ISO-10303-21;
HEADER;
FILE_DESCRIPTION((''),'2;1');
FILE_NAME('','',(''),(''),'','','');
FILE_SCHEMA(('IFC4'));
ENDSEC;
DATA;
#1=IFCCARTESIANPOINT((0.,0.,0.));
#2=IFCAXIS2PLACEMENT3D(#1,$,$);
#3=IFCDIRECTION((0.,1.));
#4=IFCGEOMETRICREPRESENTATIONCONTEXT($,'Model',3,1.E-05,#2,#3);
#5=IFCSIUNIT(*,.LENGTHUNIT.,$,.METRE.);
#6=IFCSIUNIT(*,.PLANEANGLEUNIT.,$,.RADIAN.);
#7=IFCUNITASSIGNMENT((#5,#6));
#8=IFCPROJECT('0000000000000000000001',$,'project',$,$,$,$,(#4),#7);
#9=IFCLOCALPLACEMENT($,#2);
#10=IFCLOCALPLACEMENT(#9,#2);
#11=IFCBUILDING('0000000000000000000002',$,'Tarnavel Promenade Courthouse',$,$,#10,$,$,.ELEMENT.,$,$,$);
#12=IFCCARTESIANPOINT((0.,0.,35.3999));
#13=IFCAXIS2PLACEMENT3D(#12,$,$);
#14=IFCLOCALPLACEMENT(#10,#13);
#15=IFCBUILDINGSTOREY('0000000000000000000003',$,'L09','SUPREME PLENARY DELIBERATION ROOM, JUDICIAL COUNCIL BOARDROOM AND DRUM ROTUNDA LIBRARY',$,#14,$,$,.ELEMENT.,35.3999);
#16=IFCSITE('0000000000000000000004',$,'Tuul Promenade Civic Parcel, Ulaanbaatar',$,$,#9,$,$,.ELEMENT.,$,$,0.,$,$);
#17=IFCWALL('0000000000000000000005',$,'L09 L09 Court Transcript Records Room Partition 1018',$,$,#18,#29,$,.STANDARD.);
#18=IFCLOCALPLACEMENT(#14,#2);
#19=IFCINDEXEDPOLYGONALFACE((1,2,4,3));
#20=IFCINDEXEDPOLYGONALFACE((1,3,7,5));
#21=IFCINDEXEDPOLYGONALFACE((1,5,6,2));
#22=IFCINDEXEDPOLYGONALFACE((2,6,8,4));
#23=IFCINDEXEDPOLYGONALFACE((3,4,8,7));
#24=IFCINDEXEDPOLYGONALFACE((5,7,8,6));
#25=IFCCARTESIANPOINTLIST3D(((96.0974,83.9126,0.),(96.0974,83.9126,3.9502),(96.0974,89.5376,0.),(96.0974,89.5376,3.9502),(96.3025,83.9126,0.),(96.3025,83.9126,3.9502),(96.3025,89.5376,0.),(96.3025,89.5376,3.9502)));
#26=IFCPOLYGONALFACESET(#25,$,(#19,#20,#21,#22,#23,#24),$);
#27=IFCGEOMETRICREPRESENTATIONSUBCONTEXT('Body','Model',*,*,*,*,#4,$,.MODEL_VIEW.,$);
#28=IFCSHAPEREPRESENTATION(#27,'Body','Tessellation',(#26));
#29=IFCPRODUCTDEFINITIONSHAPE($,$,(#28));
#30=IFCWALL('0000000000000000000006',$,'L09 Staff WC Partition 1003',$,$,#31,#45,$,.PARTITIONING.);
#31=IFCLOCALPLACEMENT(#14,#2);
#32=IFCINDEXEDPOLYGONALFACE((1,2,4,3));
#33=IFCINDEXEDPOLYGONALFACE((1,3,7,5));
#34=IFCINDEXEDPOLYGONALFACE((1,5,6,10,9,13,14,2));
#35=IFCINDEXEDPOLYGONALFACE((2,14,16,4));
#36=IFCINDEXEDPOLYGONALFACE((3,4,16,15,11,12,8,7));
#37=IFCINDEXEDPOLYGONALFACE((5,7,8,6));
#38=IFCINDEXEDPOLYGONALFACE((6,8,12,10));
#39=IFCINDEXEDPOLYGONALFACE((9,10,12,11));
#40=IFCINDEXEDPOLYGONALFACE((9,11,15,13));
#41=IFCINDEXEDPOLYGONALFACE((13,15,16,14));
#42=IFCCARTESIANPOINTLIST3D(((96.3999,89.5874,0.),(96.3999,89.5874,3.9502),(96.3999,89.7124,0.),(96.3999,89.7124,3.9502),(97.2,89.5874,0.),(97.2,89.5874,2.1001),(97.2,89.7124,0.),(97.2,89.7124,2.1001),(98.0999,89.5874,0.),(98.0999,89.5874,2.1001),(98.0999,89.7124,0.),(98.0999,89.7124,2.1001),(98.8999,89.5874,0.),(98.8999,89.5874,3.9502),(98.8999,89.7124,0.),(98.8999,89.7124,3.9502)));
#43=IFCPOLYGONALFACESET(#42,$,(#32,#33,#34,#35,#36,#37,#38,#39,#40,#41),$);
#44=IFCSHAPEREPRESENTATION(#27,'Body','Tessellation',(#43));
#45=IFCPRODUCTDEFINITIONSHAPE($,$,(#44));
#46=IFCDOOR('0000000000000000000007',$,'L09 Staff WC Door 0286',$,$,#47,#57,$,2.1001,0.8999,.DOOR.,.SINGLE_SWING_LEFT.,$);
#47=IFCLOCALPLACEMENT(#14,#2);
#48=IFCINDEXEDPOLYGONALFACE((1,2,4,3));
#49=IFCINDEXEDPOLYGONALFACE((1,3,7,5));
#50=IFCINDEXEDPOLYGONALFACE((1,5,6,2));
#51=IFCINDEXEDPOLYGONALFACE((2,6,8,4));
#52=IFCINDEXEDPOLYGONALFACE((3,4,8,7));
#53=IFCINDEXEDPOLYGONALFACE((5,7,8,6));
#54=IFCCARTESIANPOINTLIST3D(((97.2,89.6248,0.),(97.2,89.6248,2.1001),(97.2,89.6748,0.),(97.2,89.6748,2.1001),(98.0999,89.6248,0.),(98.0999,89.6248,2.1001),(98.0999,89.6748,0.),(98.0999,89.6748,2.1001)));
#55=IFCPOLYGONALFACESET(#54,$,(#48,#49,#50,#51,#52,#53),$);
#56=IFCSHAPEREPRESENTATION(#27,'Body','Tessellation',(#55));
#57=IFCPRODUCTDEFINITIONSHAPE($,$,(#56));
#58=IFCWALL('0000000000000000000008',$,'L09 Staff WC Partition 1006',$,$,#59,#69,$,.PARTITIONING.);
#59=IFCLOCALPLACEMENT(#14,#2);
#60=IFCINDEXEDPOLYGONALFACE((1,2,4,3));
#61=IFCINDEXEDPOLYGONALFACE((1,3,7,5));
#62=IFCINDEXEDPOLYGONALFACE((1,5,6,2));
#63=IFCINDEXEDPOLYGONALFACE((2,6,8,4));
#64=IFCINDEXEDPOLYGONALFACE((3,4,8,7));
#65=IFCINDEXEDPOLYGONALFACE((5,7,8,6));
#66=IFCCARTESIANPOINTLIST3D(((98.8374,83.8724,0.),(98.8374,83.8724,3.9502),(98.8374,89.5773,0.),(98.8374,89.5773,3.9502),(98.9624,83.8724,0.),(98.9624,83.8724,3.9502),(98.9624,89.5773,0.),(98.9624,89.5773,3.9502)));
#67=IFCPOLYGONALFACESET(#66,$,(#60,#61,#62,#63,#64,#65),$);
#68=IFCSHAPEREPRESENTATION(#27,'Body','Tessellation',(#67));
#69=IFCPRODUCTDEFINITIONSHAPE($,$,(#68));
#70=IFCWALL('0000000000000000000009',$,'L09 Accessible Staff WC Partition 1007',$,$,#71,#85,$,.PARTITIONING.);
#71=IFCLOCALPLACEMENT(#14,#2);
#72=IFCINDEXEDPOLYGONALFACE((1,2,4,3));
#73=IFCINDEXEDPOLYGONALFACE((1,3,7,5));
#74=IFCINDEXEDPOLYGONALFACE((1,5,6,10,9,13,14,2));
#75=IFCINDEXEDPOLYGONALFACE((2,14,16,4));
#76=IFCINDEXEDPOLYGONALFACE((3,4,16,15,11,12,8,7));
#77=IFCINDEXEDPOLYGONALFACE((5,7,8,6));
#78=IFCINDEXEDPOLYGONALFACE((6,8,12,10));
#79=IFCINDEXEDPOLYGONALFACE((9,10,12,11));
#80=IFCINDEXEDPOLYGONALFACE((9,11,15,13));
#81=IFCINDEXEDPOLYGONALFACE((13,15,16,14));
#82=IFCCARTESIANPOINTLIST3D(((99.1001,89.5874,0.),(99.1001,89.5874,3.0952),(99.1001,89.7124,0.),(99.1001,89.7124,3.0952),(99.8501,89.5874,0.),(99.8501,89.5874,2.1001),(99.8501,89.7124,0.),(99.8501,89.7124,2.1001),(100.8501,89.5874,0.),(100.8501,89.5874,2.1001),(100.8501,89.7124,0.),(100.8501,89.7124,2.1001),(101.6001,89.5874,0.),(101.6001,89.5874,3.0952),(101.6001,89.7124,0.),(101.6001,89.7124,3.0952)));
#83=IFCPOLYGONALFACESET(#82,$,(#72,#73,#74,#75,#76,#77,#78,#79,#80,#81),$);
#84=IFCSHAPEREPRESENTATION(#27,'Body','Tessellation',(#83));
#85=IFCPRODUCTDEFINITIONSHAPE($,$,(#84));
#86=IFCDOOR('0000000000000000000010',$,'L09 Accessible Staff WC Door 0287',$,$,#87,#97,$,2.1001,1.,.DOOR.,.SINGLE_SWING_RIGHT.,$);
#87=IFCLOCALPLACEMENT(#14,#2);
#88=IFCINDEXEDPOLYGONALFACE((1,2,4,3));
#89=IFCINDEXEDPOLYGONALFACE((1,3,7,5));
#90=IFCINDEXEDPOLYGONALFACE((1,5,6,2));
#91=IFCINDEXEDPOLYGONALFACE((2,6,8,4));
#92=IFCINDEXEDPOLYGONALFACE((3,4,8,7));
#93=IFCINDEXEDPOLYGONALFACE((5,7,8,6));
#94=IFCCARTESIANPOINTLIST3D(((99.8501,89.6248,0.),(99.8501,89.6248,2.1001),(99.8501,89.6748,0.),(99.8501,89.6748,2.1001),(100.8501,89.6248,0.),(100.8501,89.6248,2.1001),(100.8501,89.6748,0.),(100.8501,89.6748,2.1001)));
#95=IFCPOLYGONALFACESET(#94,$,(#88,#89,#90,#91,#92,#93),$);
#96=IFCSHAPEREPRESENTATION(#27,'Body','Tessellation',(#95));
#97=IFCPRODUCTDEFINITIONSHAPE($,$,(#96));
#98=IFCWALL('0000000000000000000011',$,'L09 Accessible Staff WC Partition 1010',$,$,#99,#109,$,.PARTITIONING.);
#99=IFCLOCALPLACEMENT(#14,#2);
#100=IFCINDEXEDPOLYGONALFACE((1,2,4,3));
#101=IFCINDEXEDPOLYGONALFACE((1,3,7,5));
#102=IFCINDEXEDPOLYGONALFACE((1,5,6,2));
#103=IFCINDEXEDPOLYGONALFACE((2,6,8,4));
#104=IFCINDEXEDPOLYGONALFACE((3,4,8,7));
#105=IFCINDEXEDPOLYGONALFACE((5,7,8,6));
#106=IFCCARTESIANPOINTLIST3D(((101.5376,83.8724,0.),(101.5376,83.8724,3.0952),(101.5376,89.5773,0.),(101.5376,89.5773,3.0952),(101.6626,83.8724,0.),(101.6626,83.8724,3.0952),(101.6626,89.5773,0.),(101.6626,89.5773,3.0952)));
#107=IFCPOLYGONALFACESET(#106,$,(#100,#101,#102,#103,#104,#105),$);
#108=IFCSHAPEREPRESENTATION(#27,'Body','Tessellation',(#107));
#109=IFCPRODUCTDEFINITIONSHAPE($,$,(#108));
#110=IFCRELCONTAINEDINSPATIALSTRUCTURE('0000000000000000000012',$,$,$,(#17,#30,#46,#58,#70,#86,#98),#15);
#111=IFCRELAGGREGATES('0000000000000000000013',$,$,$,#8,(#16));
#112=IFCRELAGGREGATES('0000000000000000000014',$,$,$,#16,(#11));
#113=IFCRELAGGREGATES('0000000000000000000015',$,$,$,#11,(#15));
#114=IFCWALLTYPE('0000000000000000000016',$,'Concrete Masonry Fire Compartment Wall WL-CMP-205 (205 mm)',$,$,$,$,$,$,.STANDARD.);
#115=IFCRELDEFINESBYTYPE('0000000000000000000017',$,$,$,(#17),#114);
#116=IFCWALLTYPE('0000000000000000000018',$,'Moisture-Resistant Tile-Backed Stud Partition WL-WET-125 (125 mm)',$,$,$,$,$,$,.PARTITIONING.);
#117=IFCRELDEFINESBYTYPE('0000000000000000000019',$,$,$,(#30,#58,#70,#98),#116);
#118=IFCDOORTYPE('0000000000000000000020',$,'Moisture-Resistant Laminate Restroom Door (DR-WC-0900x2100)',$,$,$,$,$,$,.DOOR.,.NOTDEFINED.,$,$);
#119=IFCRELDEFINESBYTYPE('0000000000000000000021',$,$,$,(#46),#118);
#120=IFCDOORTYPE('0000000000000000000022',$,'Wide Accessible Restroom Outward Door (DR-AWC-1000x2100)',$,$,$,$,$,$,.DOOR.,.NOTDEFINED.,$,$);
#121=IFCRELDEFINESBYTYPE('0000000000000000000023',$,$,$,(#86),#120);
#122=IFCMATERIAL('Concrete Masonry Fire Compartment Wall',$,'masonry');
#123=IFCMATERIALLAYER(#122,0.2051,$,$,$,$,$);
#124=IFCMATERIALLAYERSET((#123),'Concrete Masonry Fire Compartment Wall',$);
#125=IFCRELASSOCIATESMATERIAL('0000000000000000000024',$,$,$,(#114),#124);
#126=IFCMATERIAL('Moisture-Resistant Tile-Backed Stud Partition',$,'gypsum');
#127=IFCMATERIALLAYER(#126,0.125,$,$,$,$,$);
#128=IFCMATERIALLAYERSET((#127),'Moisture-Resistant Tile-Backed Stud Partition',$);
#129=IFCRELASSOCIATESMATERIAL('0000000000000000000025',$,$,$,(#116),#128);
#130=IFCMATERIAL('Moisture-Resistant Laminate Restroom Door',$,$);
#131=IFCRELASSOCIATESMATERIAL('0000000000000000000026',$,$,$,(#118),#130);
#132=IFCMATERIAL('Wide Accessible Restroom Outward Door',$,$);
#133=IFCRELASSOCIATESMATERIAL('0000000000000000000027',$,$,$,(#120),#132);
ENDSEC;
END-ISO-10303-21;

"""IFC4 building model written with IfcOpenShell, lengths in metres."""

from ifc_helpers import new_model, si_unit, direction, frame, frame_2d, origin, place, context, subcontext, project, spatial, rectangle, extrude, material, layer, layer_set, type_object, element, fill, save


model = new_model("IFC4")

# Units and contexts
model_context = context("Model", 3, precision=1e-05, world=origin(), true_north=direction((0.0, 1.0)))
body_context = subcontext(model_context, "Body", "Model", "MODEL_VIEW")
ifc_project = project(units=[si_unit("LENGTHUNIT", "METRE"), si_unit("PLANEANGLEUNIT", "RADIAN")], contexts=[model_context])

# Site, building, storey
site_placement = place(None, origin())
site = spatial("IfcSite", under=ifc_project, at=site_placement, Name="Tuul Promenade Civic Parcel, Ulaanbaatar", CompositionType="ELEMENT", RefElevation=0.0)
building_placement = place(site_placement, origin())
building = spatial("IfcBuilding", under=site, at=building_placement, Name="Tarnavel Promenade Courthouse", CompositionType="ELEMENT")
storey_placement = place(building_placement, frame((0.0, 0.0, 35.3999)))
storey = spatial("IfcBuildingStorey", under=building, at=storey_placement, Name="L09", Description="SUPREME PLENARY DELIBERATION ROOM, JUDICIAL COUNCIL BOARDROOM AND DRUM ROTUNDA LIBRARY", CompositionType="ELEMENT", Elevation=35.3999)

# Shared definitions
ifc_material_1 = material(Name="Concrete Masonry Fire Compartment Wall", Category="masonry")
ifc_layer_1 = layer(ifc_material_1, 0.2051)
ifc_layer_set_1 = layer_set([ifc_layer_1], Name="Concrete Masonry Fire Compartment Wall")
wall_type_1 = type_object("IfcWallType", Name="Concrete Masonry Fire Compartment Wall WL-CMP-205 (205 mm)", PredefinedType="STANDARD", material=ifc_layer_set_1)

# Wall
wall_1_placement = place(storey_placement, frame((96.2, 89.5376, 0.0), z_axis=(0.0, 0.0, 1.0), x_axis=(0.0, -1.0, 0.0)))
element("IfcWall", 1, at=wall_1_placement, inside=storey, type_object=wall_type_1, Name="L09 L09 Court Transcript Records Room Partition 1018", PredefinedType="STANDARD", context=body_context, shape_type="SweptSolid", body=[
    extrude(rectangle(XDim=5.625, YDim=0.2051, at=frame_2d((2.8125, 0.0))), origin(), (0.0, 0.0, 1.0), 3.9502),
])

# Wall, opening, door
ifc_material_2 = material(Name="Moisture-Resistant Tile-Backed Stud Partition", Category="gypsum")
ifc_layer_2 = layer(ifc_material_2, 0.125)
ifc_layer_set_2 = layer_set([ifc_layer_2], Name="Moisture-Resistant Tile-Backed Stud Partition")
wall_type_2 = type_object("IfcWallType", Name="Moisture-Resistant Tile-Backed Stud Partition WL-WET-125 (125 mm)", PredefinedType="PARTITIONING", material=ifc_layer_set_2)
wall_2_placement = place(storey_placement, frame((96.3999, 89.6499, 0.0), z_axis=(0.0, 0.0, 1.0), x_axis=(1.0, 0.0, 0.0)))
wall_2 = element("IfcWall", 2, at=wall_2_placement, inside=storey, type_object=wall_type_2, Name="L09 Staff WC Partition 1003", PredefinedType="PARTITIONING", context=body_context, shape_type="SweptSolid", body=[
    extrude(rectangle(XDim=2.5, YDim=0.125, at=frame_2d((1.25, 0.0))), origin(), (0.0, 0.0, 1.0), 3.9502),
])
opening_1_placement = place(wall_2_placement, frame((0.8, 0.0, 0.0)))
opening_1 = element("IfcOpeningElement", 3, at=opening_1_placement, cuts=wall_2, PredefinedType="OPENING", context=body_context, shape_type="SweptSolid", body=[
    extrude(rectangle(XDim=0.8999, YDim=2.1001, at=frame_2d((0.45, 1.05))), frame((0.0, 0.0725, 0.0), z_axis=(0.0, -1.0, 0.0), x_axis=(1.0, 0.0, 0.0)), (0.0, 0.0, 1.0), 0.145),
])
ifc_material_3 = material(Name="Moisture-Resistant Laminate Restroom Door")
door_type_1 = type_object("IfcDoorType", Name="Moisture-Resistant Laminate Restroom Door (DR-WC-0900x2100)", OperationType="NOTDEFINED", PredefinedType="DOOR", material=ifc_material_3)
door_1_placement = place(opening_1_placement, origin())
door_1 = element("IfcDoor", 4, at=door_1_placement, inside=storey, type_object=door_type_1, Name="L09 Staff WC Door 0286", OperationType="SINGLE_SWING_LEFT", OverallHeight=2.1001, OverallWidth=0.8999, PredefinedType="DOOR", context=body_context, shape_type="SweptSolid", body=[
    extrude(rectangle(XDim=0.8999, YDim=2.1001, at=frame_2d((0.45, 1.05))), frame((0.0, 0.0249, 0.0), z_axis=(0.0, -1.0, 0.0), x_axis=(1.0, 0.0, 0.0)), (0.0, 0.0, 1.0), 0.05),
])
fill(opening_1, door_1)

# Wall
wall_3_placement = place(storey_placement, frame((98.8999, 89.5774, 0.0), z_axis=(0.0, 0.0, 1.0), x_axis=(0.0, -1.0, 0.0)))
element("IfcWall", 5, at=wall_3_placement, inside=storey, type_object=wall_type_2, Name="L09 Staff WC Partition 1006", PredefinedType="PARTITIONING", context=body_context, shape_type="SweptSolid", body=[
    extrude(rectangle(XDim=5.7048, YDim=0.125, at=frame_2d((2.8525, 0.0))), origin(), (0.0, 0.0, 1.0), 3.9502),
])

# Wall, opening, door
wall_4_placement = place(storey_placement, frame((99.1001, 89.6499, 0.0), z_axis=(0.0, 0.0, 1.0), x_axis=(1.0, 0.0, 0.0)))
wall_4 = element("IfcWall", 6, at=wall_4_placement, inside=storey, type_object=wall_type_2, Name="L09 Accessible Staff WC Partition 1007", PredefinedType="PARTITIONING", context=body_context, shape_type="SweptSolid", body=[
    extrude(rectangle(XDim=2.5, YDim=0.125, at=frame_2d((1.25, 0.0))), origin(), (0.0, 0.0, 1.0), 3.0952),
])
opening_2_placement = place(wall_4_placement, frame((0.75, 0.0, 0.0)))
opening_2 = element("IfcOpeningElement", 7, at=opening_2_placement, cuts=wall_4, PredefinedType="OPENING", context=body_context, shape_type="SweptSolid", body=[
    extrude(rectangle(XDim=1.0, YDim=2.1001, at=frame_2d((0.5, 1.05))), frame((0.0, 0.0725, 0.0), z_axis=(0.0, -1.0, 0.0), x_axis=(1.0, 0.0, 0.0)), (0.0, 0.0, 1.0), 0.145),
])
ifc_material_4 = material(Name="Wide Accessible Restroom Outward Door")
door_type_2 = type_object("IfcDoorType", Name="Wide Accessible Restroom Outward Door (DR-AWC-1000x2100)", OperationType="NOTDEFINED", PredefinedType="DOOR", material=ifc_material_4)
door_2_placement = place(opening_2_placement, origin())
door_2 = element("IfcDoor", 8, at=door_2_placement, inside=storey, type_object=door_type_2, Name="L09 Accessible Staff WC Door 0287", OperationType="SINGLE_SWING_RIGHT", OverallHeight=2.1001, OverallWidth=1.0, PredefinedType="DOOR", context=body_context, shape_type="SweptSolid", body=[
    extrude(rectangle(XDim=1.0, YDim=2.1001, at=frame_2d((0.5, 1.05))), frame((0.0, 0.0249, 0.0), z_axis=(0.0, -1.0, 0.0), x_axis=(1.0, 0.0, 0.0)), (0.0, 0.0, 1.0), 0.05),
])
fill(opening_2, door_2)

# Wall
wall_5_placement = place(storey_placement, frame((101.6001, 89.5774, 0.0), z_axis=(0.0, 0.0, 1.0), x_axis=(0.0, -1.0, 0.0)))
element("IfcWall", 9, at=wall_5_placement, inside=storey, type_object=wall_type_2, Name="L09 Accessible Staff WC Partition 1010", PredefinedType="PARTITIONING", context=body_context, shape_type="SweptSolid", body=[
    extrude(rectangle(XDim=5.7048, YDim=0.125, at=frame_2d((2.8525, 0.0))), origin(), (0.0, 0.0, 1.0), 3.0952),
])

save(model, "model.ifc")
